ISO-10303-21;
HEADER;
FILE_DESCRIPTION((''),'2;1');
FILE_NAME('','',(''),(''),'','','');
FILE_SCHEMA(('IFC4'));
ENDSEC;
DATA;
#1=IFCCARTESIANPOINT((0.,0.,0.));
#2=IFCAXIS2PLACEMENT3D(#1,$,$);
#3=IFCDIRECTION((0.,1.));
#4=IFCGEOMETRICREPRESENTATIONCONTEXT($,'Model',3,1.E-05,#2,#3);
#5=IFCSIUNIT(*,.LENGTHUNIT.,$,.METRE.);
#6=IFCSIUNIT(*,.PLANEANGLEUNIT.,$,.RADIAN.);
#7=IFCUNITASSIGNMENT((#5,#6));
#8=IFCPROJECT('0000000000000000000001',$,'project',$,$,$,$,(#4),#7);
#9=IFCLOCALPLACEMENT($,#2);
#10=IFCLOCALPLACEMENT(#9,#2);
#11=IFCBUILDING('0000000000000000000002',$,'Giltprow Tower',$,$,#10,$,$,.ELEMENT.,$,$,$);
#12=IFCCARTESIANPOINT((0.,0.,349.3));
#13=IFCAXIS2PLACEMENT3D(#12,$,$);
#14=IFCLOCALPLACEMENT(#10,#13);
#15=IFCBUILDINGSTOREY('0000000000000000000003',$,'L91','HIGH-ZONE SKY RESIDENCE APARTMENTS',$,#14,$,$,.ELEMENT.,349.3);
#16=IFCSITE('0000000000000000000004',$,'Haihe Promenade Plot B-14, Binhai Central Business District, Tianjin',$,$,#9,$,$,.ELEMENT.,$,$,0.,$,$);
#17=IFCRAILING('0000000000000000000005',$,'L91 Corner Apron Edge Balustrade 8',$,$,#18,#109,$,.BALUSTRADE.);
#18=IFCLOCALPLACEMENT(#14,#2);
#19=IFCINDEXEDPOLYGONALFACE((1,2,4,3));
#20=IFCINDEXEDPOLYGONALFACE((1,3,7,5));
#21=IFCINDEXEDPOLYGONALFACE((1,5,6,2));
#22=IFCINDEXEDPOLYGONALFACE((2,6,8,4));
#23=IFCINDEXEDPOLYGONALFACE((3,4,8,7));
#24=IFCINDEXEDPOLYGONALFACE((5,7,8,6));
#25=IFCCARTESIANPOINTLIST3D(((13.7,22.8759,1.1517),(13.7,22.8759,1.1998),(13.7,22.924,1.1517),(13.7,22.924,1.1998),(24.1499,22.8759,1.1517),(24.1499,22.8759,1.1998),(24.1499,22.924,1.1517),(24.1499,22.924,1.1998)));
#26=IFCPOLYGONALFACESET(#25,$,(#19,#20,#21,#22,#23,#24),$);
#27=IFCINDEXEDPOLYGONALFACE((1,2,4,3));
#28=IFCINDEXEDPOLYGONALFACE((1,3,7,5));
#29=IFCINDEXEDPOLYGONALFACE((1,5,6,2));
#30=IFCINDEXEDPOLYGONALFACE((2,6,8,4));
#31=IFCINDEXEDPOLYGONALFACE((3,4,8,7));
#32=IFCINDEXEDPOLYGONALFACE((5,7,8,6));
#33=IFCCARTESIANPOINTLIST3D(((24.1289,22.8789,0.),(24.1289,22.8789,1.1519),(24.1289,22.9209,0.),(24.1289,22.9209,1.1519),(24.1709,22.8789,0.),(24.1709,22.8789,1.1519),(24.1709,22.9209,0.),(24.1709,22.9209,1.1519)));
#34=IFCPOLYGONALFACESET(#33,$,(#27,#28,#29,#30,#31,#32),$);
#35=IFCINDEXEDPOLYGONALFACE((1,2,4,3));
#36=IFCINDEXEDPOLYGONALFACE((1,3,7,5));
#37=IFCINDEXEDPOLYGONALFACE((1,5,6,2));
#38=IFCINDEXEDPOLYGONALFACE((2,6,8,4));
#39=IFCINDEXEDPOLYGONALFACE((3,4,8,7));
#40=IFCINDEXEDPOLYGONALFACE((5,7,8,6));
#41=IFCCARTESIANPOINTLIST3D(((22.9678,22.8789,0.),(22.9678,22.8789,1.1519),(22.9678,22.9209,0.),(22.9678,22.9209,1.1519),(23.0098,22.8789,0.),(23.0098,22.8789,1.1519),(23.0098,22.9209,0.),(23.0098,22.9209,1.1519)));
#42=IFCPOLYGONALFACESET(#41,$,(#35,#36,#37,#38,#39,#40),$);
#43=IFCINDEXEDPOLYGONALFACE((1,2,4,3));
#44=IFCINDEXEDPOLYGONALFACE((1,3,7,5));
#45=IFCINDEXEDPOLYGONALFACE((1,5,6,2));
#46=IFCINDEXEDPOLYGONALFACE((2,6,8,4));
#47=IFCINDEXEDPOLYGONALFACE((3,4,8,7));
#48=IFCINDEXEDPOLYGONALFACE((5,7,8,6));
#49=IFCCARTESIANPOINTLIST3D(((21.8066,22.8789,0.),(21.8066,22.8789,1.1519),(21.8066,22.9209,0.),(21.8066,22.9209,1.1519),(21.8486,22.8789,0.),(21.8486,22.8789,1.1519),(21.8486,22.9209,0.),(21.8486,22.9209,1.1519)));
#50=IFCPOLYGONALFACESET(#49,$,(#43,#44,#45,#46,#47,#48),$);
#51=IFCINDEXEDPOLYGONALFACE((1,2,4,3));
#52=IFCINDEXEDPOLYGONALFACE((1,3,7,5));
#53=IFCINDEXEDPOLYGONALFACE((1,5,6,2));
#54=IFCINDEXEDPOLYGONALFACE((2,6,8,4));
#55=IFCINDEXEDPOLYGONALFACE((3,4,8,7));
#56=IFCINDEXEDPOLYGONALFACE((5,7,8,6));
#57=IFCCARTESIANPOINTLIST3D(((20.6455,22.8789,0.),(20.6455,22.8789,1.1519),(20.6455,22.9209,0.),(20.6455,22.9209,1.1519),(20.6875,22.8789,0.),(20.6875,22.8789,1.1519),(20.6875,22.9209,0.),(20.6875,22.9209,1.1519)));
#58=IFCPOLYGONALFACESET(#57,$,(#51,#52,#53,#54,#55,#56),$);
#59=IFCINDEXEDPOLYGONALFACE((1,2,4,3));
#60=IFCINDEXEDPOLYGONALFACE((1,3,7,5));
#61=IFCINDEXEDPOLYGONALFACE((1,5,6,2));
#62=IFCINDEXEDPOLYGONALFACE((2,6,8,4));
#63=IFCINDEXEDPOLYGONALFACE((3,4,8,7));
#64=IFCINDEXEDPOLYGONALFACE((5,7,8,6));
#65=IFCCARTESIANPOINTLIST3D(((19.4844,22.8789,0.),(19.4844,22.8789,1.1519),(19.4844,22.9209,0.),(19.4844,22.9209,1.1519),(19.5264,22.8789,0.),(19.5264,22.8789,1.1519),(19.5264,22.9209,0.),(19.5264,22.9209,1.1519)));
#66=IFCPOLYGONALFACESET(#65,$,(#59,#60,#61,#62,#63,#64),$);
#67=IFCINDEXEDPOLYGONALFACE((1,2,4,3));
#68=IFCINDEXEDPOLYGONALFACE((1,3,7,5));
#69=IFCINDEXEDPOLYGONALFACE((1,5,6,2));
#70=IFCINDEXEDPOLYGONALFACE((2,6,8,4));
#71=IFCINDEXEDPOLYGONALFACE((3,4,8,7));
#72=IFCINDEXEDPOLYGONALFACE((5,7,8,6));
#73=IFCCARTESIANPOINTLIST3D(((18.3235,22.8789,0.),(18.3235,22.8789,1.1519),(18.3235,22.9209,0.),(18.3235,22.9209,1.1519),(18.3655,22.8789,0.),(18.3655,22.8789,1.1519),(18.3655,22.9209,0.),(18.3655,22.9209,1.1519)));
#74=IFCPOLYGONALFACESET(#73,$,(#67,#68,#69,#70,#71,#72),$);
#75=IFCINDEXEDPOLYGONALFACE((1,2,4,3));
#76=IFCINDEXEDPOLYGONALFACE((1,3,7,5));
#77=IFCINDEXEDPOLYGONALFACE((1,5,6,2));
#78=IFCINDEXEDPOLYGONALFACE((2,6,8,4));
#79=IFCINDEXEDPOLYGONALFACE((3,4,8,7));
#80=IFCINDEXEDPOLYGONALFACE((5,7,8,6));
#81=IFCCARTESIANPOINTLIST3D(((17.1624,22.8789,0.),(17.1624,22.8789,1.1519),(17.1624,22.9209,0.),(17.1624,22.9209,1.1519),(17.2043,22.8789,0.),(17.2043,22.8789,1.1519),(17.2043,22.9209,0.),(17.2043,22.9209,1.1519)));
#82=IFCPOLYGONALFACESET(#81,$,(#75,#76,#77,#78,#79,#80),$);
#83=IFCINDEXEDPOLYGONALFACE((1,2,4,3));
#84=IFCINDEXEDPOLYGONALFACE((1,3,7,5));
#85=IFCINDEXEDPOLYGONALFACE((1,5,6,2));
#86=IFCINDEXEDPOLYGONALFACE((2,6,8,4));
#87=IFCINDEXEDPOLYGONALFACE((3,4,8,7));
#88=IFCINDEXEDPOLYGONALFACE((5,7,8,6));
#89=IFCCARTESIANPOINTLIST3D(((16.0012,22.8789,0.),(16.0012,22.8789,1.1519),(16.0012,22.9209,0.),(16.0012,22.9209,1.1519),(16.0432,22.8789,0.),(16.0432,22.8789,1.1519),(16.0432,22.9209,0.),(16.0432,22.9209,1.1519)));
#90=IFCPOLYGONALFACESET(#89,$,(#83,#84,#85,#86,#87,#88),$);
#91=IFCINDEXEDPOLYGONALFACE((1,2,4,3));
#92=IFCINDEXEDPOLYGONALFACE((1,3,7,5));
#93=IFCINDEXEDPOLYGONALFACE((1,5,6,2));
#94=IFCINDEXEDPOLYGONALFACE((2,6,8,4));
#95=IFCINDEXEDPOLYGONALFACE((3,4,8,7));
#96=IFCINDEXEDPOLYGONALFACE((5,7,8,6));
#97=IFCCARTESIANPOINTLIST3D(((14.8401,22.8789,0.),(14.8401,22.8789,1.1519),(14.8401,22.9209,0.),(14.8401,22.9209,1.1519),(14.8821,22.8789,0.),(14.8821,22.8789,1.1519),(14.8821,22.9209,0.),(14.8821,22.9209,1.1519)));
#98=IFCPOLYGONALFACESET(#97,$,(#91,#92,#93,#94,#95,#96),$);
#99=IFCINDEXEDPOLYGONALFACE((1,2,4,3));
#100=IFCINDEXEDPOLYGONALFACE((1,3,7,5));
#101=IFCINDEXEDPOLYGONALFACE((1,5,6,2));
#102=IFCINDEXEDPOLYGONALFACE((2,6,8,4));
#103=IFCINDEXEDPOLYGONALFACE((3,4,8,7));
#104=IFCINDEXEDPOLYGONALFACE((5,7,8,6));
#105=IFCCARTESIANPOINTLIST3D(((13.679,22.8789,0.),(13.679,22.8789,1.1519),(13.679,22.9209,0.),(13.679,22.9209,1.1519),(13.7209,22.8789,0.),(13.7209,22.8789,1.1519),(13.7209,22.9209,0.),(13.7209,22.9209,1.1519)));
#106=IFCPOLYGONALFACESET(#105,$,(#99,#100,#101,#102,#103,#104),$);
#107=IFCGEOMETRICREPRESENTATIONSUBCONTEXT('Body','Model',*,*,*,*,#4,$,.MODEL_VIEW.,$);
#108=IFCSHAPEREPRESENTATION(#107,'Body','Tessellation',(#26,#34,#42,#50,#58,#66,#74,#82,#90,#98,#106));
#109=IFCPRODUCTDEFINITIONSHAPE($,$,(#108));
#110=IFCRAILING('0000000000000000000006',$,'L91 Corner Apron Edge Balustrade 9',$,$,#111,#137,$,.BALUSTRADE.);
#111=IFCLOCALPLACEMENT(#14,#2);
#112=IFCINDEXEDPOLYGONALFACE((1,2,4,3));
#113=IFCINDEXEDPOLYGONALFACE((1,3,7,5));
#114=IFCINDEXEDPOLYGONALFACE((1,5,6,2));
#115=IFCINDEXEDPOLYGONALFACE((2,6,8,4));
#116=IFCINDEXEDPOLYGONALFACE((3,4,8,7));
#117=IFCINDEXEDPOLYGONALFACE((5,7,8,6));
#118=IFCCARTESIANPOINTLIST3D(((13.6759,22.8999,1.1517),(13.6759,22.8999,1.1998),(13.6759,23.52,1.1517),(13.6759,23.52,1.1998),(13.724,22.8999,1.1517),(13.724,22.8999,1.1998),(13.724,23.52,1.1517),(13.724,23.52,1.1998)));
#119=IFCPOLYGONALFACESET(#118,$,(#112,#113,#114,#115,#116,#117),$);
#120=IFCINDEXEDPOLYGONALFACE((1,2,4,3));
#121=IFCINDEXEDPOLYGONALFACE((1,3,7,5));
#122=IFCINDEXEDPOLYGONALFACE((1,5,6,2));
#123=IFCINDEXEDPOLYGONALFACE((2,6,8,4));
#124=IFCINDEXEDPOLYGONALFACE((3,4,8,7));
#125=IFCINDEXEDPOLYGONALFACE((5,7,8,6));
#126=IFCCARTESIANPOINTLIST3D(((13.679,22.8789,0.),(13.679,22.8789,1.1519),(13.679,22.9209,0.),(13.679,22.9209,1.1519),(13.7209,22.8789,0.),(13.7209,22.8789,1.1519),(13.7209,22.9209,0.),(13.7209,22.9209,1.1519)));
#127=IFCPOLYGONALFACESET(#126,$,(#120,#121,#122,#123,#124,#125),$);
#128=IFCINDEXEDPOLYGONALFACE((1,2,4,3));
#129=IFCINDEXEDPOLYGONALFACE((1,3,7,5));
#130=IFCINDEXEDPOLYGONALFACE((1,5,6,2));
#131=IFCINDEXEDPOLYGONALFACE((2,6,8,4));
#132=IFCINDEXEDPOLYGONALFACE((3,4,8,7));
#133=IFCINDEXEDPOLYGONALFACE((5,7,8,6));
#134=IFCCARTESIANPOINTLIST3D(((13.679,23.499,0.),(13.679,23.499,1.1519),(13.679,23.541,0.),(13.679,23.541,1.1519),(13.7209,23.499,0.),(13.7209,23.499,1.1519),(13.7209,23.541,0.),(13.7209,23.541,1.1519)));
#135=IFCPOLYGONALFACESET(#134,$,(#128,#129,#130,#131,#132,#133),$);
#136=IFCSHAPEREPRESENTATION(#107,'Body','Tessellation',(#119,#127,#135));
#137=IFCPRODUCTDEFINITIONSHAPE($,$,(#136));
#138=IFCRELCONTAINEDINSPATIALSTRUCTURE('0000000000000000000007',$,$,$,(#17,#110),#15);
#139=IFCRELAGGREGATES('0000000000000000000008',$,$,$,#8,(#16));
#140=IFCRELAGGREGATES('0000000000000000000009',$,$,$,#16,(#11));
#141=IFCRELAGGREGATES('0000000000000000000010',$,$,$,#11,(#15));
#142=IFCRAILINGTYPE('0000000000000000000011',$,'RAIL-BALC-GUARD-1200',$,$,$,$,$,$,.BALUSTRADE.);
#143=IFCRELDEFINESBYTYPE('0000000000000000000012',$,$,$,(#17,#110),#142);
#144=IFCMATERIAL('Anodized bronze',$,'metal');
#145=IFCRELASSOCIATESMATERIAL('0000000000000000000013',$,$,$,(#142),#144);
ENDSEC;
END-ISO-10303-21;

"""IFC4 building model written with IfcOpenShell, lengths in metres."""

from ifc_helpers import new_model, si_unit, direction, frame, origin, origin_2d, place, context, subcontext, project, spatial, rectangle, extrude, material, type_object, element, save


model = new_model("IFC4")

# Units and contexts
model_context = context("Model", 3, precision=1e-05, world=origin(), true_north=direction((0.0, 1.0)))
body_context = subcontext(model_context, "Body", "Model", "MODEL_VIEW")
ifc_project = project(units=[si_unit("LENGTHUNIT", "METRE"), si_unit("PLANEANGLEUNIT", "RADIAN")], contexts=[model_context])

# Site, building, storey
site_placement = place(None, origin())
site = spatial("IfcSite", under=ifc_project, at=site_placement, Name="Haihe Promenade Plot B-14, Binhai Central Business District, Tianjin", CompositionType="ELEMENT", RefElevation=0.0)
building_placement = place(site_placement, origin())
building = spatial("IfcBuilding", under=site, at=building_placement, Name="Giltprow Tower", CompositionType="ELEMENT")
storey_placement = place(building_placement, frame((0.0, 0.0, 349.3)))
storey = spatial("IfcBuildingStorey", under=building, at=storey_placement, Name="L91", Description="HIGH-ZONE SKY RESIDENCE APARTMENTS", CompositionType="ELEMENT", Elevation=349.3)

# Shared definitions
ifc_material_1 = material(Name="Anodized bronze", Category="metal")

# Railings
railing_type = type_object("IfcRailingType", Name="RAIL-BALC-GUARD-1200", PredefinedType="BALUSTRADE", material=ifc_material_1)
railing_1_placement = place(storey_placement, frame((24.1499, 22.8999, 0.0)))
element("IfcRailing", 1, at=railing_1_placement, inside=storey, type_object=railing_type, Name="L91 Corner Apron Edge Balustrade 8", PredefinedType="BALUSTRADE", context=body_context, shape_type="SweptSolid", body=[
    extrude(rectangle(XDim=0.0481, YDim=0.0481, at=origin_2d()), frame((0.0, 0.0, 1.1758), z_axis=(-1.0, 0.0, 0.0), x_axis=(0.0, -1.0, 0.0)), (0.0, 0.0, 1.0), 10.45),
    extrude(rectangle(XDim=0.042, YDim=0.042, at=origin_2d()), origin(), (0.0, 0.0, 1.0), 1.1519),
    extrude(rectangle(XDim=0.042, YDim=0.042, at=origin_2d()), frame((-1.1611, 0.0, 0.0)), (0.0, 0.0, 1.0), 1.1519),
    extrude(rectangle(XDim=0.042, YDim=0.042, at=origin_2d()), frame((-2.3223, 0.0, 0.0)), (0.0, 0.0, 1.0), 1.1519),
    extrude(rectangle(XDim=0.042, YDim=0.042, at=origin_2d()), frame((-3.4834, 0.0, 0.0)), (0.0, 0.0, 1.0), 1.1519),
    extrude(rectangle(XDim=0.042, YDim=0.042, at=origin_2d()), frame((-4.6445, 0.0, 0.0)), (0.0, 0.0, 1.0), 1.1519),
    extrude(rectangle(XDim=0.042, YDim=0.042, at=origin_2d()), frame((-5.8054, 0.0, 0.0)), (0.0, 0.0, 1.0), 1.1519),
    extrude(rectangle(XDim=0.042, YDim=0.042, at=origin_2d()), frame((-6.9666, 0.0, 0.0)), (0.0, 0.0, 1.0), 1.1519),
    extrude(rectangle(XDim=0.042, YDim=0.042, at=origin_2d()), frame((-8.1277, 0.0, 0.0)), (0.0, 0.0, 1.0), 1.1519),
    extrude(rectangle(XDim=0.042, YDim=0.042, at=origin_2d()), frame((-9.2888, 0.0, 0.0)), (0.0, 0.0, 1.0), 1.1519),
    extrude(rectangle(XDim=0.042, YDim=0.042, at=origin_2d()), frame((-10.45, 0.0, 0.0)), (0.0, 0.0, 1.0), 1.1519),
])
railing_2_placement = place(storey_placement, frame((13.7, 22.8999, 0.0)))
element("IfcRailing", 2, at=railing_2_placement, inside=storey, type_object=railing_type, Name="L91 Corner Apron Edge Balustrade 9", PredefinedType="BALUSTRADE", context=body_context, shape_type="SweptSolid", body=[
    extrude(rectangle(XDim=0.0481, YDim=0.0481, at=origin_2d()), frame((0.0, 0.0, 1.1758), z_axis=(0.0, 1.0, 0.0), x_axis=(-1.0, 0.0, 0.0)), (0.0, 0.0, 1.0), 0.6201),
    extrude(rectangle(XDim=0.042, YDim=0.042, at=origin_2d()), origin(), (0.0, 0.0, 1.0), 1.1519),
    extrude(rectangle(XDim=0.042, YDim=0.042, at=origin_2d()), frame((0.0, 0.6201, 0.0)), (0.0, 0.0, 1.0), 1.1519),
])

save(model, "model.ifc")
